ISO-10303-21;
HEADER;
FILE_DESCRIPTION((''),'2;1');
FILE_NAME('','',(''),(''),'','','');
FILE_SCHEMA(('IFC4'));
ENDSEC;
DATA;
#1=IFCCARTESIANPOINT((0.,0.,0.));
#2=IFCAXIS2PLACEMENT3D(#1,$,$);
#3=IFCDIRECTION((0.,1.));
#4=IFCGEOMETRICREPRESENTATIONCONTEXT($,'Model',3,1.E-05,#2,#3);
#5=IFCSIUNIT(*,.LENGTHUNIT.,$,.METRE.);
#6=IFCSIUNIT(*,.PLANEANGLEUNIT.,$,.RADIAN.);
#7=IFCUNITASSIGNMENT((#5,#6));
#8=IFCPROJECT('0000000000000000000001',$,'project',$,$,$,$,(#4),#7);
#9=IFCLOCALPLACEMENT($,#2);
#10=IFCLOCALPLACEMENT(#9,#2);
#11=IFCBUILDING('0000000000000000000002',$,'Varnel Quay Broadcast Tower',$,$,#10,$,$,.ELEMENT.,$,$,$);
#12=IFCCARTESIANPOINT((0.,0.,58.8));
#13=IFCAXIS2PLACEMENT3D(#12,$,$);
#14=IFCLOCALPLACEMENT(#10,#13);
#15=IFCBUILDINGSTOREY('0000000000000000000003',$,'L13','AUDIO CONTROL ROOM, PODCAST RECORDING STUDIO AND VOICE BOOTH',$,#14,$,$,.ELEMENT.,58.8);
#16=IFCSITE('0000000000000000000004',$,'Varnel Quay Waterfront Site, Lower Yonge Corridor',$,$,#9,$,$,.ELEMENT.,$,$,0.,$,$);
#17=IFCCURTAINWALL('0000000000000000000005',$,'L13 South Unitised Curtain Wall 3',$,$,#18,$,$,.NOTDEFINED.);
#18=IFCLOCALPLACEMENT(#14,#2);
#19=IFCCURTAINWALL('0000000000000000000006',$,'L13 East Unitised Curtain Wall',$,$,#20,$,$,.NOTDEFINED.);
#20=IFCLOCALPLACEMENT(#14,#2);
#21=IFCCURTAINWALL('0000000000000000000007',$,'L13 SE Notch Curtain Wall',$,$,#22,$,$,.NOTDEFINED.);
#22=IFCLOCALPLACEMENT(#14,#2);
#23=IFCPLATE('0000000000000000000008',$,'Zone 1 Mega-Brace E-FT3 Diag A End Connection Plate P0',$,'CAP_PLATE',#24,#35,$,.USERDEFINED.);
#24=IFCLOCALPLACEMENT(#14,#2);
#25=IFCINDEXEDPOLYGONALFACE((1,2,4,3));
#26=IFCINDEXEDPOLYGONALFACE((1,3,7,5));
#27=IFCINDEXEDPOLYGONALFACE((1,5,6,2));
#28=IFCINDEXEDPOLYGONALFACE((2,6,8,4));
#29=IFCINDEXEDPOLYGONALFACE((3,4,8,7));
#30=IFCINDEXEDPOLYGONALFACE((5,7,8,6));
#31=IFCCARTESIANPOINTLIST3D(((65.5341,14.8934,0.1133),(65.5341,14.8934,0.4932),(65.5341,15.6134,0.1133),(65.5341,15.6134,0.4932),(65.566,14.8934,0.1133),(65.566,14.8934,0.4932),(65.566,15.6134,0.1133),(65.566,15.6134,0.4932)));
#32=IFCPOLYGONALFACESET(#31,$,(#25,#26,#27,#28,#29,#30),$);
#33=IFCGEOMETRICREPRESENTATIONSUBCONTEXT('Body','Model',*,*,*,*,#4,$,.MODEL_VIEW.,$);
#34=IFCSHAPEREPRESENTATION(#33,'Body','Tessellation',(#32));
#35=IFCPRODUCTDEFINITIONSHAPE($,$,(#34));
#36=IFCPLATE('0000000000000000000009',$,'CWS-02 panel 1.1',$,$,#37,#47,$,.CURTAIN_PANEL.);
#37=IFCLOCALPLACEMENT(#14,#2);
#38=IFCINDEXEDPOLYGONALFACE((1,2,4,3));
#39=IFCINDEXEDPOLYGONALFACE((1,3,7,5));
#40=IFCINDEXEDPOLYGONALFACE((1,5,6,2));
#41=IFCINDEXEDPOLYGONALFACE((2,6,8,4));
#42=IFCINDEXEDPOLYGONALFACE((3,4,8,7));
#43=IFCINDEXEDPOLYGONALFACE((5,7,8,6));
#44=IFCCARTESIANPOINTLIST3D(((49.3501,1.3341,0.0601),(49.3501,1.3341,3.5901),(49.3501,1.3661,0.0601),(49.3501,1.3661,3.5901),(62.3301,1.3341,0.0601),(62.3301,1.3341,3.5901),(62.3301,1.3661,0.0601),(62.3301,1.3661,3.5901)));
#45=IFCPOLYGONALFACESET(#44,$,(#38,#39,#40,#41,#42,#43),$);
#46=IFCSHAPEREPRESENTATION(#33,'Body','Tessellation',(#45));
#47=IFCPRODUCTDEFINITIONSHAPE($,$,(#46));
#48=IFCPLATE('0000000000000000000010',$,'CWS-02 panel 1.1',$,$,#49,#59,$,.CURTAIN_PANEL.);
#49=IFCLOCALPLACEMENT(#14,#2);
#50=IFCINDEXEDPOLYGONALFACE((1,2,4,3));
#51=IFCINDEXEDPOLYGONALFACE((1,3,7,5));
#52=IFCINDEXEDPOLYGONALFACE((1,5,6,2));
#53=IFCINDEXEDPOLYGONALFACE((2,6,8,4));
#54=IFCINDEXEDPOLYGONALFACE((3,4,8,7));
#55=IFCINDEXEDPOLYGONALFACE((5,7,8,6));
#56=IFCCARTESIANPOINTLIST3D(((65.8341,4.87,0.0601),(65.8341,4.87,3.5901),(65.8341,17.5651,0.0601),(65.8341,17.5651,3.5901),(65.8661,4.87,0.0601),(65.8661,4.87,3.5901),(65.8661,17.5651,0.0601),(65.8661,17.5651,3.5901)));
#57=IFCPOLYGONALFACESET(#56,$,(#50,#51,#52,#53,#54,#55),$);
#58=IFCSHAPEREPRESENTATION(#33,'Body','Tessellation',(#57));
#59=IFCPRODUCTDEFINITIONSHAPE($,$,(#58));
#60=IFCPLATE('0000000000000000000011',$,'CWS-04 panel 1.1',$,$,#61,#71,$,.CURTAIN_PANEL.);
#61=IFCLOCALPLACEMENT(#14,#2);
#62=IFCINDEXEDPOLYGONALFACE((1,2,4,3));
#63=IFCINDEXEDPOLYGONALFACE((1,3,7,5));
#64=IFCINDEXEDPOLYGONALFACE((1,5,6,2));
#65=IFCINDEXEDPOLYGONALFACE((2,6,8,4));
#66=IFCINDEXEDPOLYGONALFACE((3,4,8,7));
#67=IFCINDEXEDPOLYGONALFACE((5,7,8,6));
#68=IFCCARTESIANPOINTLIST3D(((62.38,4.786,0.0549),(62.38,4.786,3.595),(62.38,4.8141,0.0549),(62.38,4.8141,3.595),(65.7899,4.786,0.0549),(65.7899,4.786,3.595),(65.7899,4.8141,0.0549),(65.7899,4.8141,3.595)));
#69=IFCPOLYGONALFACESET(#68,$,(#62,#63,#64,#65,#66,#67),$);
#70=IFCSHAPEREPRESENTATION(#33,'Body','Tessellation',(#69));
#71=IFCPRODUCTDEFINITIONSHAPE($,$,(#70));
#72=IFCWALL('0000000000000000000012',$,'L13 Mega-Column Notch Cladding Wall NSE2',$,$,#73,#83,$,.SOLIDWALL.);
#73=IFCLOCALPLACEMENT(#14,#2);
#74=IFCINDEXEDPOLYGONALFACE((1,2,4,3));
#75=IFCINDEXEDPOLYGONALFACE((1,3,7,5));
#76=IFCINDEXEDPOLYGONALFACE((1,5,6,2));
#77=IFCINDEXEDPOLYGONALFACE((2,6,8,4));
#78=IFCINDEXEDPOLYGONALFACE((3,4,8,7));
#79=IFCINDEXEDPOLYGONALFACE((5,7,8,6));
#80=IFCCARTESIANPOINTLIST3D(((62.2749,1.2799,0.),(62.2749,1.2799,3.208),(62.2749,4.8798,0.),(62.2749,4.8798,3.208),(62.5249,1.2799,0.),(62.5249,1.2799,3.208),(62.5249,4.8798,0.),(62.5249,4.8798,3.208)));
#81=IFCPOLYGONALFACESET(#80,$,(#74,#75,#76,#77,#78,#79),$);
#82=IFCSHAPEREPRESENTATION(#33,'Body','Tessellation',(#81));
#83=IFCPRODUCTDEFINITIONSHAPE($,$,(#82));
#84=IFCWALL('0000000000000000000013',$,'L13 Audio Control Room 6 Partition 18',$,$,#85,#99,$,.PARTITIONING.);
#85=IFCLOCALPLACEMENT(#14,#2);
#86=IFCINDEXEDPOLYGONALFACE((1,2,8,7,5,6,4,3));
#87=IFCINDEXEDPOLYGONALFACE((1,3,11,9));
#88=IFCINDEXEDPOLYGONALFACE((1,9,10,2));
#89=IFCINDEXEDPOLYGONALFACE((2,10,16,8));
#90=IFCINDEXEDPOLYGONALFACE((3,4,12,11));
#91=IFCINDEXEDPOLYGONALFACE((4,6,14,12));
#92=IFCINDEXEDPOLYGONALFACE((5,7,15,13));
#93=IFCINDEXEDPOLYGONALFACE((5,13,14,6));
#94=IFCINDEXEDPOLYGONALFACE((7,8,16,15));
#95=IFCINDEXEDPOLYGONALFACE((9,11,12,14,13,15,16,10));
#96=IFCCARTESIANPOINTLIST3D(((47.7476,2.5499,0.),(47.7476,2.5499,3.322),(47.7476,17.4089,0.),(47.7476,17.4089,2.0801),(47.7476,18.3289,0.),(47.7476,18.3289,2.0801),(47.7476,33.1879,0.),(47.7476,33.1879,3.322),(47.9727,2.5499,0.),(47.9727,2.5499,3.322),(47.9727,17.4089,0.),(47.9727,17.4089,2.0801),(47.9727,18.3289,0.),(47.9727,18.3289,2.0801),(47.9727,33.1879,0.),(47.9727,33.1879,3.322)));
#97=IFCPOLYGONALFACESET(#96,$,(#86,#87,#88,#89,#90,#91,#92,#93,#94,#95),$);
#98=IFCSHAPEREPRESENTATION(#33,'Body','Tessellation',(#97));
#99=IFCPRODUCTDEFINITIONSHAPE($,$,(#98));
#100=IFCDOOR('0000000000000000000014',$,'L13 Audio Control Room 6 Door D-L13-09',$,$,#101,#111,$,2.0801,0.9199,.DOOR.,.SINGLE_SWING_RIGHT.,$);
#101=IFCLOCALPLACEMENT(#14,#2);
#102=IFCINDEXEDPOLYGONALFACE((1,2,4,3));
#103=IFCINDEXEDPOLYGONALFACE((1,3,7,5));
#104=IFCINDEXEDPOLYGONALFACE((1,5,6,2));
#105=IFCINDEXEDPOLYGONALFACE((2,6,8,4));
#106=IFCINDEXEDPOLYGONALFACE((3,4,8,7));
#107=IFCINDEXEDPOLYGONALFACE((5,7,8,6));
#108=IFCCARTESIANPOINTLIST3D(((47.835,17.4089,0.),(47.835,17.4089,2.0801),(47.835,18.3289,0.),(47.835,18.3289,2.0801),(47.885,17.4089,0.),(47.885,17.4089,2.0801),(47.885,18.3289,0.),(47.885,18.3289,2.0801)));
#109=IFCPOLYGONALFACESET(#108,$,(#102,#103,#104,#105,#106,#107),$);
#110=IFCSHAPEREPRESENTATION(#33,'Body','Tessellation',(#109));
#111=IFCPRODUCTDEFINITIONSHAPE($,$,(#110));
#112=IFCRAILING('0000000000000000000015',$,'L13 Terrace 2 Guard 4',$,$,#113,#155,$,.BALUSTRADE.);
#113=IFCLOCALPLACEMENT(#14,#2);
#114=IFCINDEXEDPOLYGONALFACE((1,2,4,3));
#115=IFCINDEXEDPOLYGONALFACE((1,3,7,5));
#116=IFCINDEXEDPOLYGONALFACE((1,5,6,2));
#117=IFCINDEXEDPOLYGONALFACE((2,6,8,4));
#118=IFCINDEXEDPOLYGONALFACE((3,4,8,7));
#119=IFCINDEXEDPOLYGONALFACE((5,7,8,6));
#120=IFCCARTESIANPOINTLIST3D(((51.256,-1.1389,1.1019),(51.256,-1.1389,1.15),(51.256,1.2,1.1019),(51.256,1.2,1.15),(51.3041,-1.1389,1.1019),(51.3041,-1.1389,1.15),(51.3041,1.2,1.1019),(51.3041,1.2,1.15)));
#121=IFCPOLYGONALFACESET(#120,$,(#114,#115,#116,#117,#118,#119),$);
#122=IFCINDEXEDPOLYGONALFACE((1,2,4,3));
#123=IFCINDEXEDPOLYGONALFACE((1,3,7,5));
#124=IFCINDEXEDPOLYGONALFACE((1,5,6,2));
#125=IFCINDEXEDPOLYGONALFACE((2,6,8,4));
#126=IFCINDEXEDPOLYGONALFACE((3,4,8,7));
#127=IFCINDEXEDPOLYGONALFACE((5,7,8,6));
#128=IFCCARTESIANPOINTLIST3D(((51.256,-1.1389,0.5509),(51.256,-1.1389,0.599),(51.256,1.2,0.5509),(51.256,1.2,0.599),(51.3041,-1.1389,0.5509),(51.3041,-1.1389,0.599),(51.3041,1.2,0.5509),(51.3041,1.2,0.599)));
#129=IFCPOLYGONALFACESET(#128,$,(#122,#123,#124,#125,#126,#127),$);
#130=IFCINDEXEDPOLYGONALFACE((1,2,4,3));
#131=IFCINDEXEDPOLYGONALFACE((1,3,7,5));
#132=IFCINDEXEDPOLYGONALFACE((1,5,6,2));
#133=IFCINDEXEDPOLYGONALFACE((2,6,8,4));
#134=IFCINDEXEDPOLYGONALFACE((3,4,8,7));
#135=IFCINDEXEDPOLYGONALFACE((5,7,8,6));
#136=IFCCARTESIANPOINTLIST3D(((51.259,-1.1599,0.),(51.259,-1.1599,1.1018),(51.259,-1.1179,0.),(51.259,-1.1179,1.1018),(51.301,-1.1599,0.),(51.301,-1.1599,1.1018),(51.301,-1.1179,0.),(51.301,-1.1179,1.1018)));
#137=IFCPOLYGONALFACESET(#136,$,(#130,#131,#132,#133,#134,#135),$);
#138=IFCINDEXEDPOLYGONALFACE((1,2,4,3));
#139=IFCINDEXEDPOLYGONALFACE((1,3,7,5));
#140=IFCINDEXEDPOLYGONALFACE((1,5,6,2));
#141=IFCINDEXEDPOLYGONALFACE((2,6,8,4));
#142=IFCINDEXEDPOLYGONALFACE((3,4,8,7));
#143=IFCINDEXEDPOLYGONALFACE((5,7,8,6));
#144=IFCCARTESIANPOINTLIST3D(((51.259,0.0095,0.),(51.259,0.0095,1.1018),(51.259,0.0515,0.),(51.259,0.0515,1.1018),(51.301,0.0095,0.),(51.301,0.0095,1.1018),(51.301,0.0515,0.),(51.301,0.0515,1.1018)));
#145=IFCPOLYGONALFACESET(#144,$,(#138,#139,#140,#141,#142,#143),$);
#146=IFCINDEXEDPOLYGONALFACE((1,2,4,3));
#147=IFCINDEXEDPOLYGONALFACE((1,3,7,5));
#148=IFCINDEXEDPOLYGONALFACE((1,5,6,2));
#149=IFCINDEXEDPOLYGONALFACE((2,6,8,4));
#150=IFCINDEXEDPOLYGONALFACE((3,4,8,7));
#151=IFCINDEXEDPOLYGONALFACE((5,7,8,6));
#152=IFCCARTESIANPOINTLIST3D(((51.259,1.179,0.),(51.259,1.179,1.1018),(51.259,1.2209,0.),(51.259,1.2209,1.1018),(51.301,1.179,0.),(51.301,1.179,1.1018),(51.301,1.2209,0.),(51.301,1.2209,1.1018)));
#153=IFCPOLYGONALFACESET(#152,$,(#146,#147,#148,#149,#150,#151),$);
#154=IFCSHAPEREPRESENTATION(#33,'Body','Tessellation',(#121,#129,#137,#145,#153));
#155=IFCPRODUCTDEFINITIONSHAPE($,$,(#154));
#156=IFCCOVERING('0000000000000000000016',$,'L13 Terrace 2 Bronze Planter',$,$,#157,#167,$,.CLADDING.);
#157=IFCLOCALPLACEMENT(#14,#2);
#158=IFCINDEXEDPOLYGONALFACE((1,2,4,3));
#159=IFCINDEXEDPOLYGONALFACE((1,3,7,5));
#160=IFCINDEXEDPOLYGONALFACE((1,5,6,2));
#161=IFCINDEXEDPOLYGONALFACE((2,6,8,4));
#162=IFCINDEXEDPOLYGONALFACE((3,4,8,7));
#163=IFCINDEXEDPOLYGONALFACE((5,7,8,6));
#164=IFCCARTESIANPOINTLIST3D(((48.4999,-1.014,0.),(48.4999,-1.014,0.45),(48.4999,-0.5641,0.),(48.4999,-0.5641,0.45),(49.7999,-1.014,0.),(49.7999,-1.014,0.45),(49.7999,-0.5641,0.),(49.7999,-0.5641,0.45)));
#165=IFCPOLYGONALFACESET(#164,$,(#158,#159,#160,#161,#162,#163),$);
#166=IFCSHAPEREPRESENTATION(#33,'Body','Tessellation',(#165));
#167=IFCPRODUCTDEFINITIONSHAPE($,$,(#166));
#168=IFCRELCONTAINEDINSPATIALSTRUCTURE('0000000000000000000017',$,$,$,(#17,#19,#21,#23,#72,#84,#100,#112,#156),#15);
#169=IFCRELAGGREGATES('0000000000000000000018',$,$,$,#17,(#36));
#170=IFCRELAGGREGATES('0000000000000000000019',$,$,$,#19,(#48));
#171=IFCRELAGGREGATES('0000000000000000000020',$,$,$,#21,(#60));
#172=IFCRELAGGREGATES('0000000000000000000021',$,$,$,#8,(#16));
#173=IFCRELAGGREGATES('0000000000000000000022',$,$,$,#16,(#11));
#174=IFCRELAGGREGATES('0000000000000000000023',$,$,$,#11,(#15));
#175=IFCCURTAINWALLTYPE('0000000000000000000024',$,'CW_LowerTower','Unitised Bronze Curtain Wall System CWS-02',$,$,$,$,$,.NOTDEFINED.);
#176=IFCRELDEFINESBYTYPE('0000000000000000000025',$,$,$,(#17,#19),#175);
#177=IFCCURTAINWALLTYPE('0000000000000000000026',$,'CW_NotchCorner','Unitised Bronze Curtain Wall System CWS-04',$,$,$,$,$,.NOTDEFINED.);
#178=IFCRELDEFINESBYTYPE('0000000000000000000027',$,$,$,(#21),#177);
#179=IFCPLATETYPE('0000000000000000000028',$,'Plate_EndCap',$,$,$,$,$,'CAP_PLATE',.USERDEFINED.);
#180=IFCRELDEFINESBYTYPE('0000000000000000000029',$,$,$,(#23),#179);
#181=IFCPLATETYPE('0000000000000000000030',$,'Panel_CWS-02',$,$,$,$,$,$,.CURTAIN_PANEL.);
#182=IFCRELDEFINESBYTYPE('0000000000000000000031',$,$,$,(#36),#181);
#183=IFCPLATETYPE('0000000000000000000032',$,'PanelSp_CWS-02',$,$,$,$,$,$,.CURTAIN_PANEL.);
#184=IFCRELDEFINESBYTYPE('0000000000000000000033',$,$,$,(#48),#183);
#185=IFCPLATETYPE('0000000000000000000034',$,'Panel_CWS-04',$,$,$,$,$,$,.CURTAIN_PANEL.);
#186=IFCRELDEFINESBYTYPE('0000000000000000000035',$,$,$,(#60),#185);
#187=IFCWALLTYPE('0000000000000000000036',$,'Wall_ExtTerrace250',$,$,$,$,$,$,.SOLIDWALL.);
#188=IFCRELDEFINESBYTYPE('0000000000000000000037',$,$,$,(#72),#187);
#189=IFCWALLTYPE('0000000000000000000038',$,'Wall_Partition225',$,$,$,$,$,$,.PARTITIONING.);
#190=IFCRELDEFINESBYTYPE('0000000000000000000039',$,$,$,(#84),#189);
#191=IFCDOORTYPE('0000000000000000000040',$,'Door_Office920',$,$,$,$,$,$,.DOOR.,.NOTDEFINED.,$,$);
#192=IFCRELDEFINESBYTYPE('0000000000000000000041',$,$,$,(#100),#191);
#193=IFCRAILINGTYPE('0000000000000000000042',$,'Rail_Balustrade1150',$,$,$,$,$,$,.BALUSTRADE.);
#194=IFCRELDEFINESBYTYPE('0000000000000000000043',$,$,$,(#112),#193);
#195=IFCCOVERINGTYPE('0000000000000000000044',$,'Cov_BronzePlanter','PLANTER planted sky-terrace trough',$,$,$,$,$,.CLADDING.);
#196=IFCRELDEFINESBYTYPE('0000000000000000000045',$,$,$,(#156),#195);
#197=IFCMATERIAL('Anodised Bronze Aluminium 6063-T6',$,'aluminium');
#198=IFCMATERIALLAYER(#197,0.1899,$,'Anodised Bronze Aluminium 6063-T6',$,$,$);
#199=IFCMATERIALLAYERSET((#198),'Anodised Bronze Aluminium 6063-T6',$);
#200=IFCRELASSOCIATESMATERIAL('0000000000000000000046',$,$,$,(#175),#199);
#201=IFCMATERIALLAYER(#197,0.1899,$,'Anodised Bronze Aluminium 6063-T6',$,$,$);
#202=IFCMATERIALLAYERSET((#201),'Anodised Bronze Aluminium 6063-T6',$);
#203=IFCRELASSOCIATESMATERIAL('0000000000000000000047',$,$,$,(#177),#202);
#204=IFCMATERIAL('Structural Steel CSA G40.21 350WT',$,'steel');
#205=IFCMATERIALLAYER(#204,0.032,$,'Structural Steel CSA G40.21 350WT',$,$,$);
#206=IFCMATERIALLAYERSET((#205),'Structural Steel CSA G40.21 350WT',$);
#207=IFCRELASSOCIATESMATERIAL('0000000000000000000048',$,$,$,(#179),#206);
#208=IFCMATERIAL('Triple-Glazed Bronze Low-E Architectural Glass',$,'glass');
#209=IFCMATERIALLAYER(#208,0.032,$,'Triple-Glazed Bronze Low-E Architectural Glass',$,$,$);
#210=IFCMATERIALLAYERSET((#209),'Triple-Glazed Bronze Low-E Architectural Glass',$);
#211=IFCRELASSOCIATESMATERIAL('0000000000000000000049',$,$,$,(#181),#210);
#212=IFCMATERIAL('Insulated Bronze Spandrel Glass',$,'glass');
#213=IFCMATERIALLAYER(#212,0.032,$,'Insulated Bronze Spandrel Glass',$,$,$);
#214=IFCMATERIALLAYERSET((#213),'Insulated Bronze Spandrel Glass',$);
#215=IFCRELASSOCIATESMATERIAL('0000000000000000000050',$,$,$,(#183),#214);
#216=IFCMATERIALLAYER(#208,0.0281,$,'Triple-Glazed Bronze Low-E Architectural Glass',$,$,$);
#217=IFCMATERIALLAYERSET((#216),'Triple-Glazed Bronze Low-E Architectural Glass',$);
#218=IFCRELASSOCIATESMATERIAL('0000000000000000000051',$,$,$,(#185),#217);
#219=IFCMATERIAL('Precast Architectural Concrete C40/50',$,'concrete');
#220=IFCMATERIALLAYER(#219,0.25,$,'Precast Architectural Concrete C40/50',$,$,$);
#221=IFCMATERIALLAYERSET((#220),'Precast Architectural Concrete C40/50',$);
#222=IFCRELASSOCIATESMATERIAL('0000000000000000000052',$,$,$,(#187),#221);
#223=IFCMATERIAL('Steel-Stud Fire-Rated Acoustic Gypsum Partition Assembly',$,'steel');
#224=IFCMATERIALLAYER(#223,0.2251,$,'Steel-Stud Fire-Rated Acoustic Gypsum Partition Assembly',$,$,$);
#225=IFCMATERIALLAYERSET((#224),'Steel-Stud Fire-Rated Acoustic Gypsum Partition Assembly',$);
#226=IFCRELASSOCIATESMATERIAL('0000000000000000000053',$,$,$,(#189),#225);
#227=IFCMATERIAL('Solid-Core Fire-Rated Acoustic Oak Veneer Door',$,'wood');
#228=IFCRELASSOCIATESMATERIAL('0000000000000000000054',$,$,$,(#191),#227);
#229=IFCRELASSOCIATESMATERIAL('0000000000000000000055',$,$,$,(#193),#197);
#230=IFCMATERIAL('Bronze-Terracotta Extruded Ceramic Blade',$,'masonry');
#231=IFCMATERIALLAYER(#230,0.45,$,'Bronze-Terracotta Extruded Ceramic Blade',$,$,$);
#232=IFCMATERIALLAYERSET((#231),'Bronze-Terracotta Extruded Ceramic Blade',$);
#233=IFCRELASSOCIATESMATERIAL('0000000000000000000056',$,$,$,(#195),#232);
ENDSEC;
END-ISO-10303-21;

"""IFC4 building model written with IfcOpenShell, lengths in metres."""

from ifc_helpers import new_model, si_unit, direction, frame, frame_2d, origin, origin_2d, place, context, subcontext, project, spatial, rectangle, extrude, source, transform, mapped, material, layer, layer_set, type_object, type_shapes, element, fill, aggregate, save


model = new_model("IFC4")

# Units and contexts
model_context = context("Model", 3, precision=1e-05, world=origin(), true_north=direction((0.0, 1.0)))
body_context = subcontext(model_context, "Body", "Model", "MODEL_VIEW")
ifc_project = project(units=[si_unit("LENGTHUNIT", "METRE"), si_unit("PLANEANGLEUNIT", "RADIAN")], contexts=[model_context])

# Site, building, storey
site_placement = place(None, origin())
site = spatial("IfcSite", under=ifc_project, at=site_placement, Name="Varnel Quay Waterfront Site, Lower Yonge Corridor", CompositionType="ELEMENT", RefElevation=0.0)
building_placement = place(site_placement, origin())
building = spatial("IfcBuilding", under=site, at=building_placement, Name="Varnel Quay Broadcast Tower", CompositionType="ELEMENT")
storey_placement = place(building_placement, frame((0.0, 0.0, 58.8)))
storey = spatial("IfcBuildingStorey", under=building, at=storey_placement, Name="L13", Description="AUDIO CONTROL ROOM, PODCAST RECORDING STUDIO AND VOICE BOOTH", CompositionType="ELEMENT", Elevation=58.8)

# Shared definitions
ifc_material_1 = material(Name="Structural Steel CSA G40.21 350WT", Category="steel")

# Curtain walls
ifc_material_2 = material(Name="Anodised Bronze Aluminium 6063-T6", Category="aluminium")
ifc_layer_1 = layer(ifc_material_2, 0.1899, Name="Anodised Bronze Aluminium 6063-T6")
ifc_layer_set_1 = layer_set([ifc_layer_1], Name="Anodised Bronze Aluminium 6063-T6")
curtain_wall_type_1 = type_object("IfcCurtainWallType", Name="CW_LowerTower", Description="Unitised Bronze Curtain Wall System CWS-02", PredefinedType="NOTDEFINED", material=ifc_layer_set_1)
curtain_wall_1_placement = place(storey_placement, origin())
curtain_wall_1 = element("IfcCurtainWall", 1, at=curtain_wall_1_placement, inside=storey, type_object=curtain_wall_type_1, Name="L13 South Unitised Curtain Wall 3", PredefinedType="NOTDEFINED")
curtain_wall_2_placement = place(storey_placement, origin())
curtain_wall_2 = element("IfcCurtainWall", 2, at=curtain_wall_2_placement, inside=storey, type_object=curtain_wall_type_1, Name="L13 East Unitised Curtain Wall", PredefinedType="NOTDEFINED")

# Curtain wall
ifc_layer_2 = layer(ifc_material_2, 0.1899, Name="Anodised Bronze Aluminium 6063-T6")
ifc_layer_set_2 = layer_set([ifc_layer_2], Name="Anodised Bronze Aluminium 6063-T6")
curtain_wall_type_2 = type_object("IfcCurtainWallType", Name="CW_NotchCorner", Description="Unitised Bronze Curtain Wall System CWS-04", PredefinedType="NOTDEFINED", material=ifc_layer_set_2)
curtain_wall_3_placement = place(storey_placement, origin())
curtain_wall_3 = element("IfcCurtainWall", 3, at=curtain_wall_3_placement, inside=storey, type_object=curtain_wall_type_2, Name="L13 SE Notch Curtain Wall", PredefinedType="NOTDEFINED")

# Plates
ifc_layer_3 = layer(ifc_material_1, 0.032, Name="Structural Steel CSA G40.21 350WT")
ifc_layer_set_3 = layer_set([ifc_layer_3], Name="Structural Steel CSA G40.21 350WT")
plate_type_1 = type_object("IfcPlateType", Name="Plate_EndCap", ElementType="CAP_PLATE", PredefinedType="USERDEFINED", material=ifc_layer_set_3)
shared_shape_1 = source(origin(), body_context, "Body", "SweptSolid", [
    extrude(rectangle(XDim=0.72, YDim=0.032, at=origin_2d()), origin(), (0.0, 0.0, 1.0), 0.3799),
])
type_shapes(plate_type_1, [shared_shape_1])
plate_1_placement = place(storey_placement, frame((65.55, 15.2534, 0.1133), z_axis=(0.0, 0.0, 1.0), x_axis=(0.0, 1.0, 0.0)))
element("IfcPlate", 4, at=plate_1_placement, inside=storey, type_object=plate_type_1, Name="Zone 1 Mega-Brace E-FT3 Diag A End Connection Plate P0", ObjectType="CAP_PLATE", PredefinedType="USERDEFINED", context=body_context, shape_type="MappedRepresentation", body=[
    mapped(shared_shape_1, transform((0.0, 0.0, 0.0), x_axis=(1.0, 0.0, 0.0), y_axis=(0.0, 1.0, 0.0), z_axis=(0.0, 0.0, 1.0), scale=1.0)),
])
ifc_material_3 = material(Name="Triple-Glazed Bronze Low-E Architectural Glass", Category="glass")
ifc_layer_4 = layer(ifc_material_3, 0.032, Name="Triple-Glazed Bronze Low-E Architectural Glass")
ifc_layer_set_4 = layer_set([ifc_layer_4], Name="Triple-Glazed Bronze Low-E Architectural Glass")
plate_type_2 = type_object("IfcPlateType", Name="Panel_CWS-02", PredefinedType="CURTAIN_PANEL", material=ifc_layer_set_4)
shared_shape_2 = source(origin(), body_context, "Body", "SweptSolid", [
    extrude(rectangle(XDim=12.98, YDim=0.032, at=origin_2d()), origin(), (0.0, 0.0, 1.0), 3.53),
])
type_shapes(plate_type_2, [shared_shape_2])
plate_2_placement = place(storey_placement, frame((55.8401, 1.3501, 0.0601), z_axis=(0.0, 0.0, 1.0), x_axis=(1.0, 0.0, 0.0)))
plate_2 = element("IfcPlate", 5, at=plate_2_placement, type_object=plate_type_2, Name="CWS-02 panel 1.1", PredefinedType="CURTAIN_PANEL", context=body_context, shape_type="MappedRepresentation", body=[
    mapped(shared_shape_2, transform((0.0, 0.0, 0.0), x_axis=(1.0, 0.0, 0.0), y_axis=(0.0, 1.0, 0.0), z_axis=(0.0, 0.0, 1.0), scale=1.0)),
])
aggregate(curtain_wall_1, [plate_2])
ifc_material_4 = material(Name="Insulated Bronze Spandrel Glass", Category="glass")
ifc_layer_5 = layer(ifc_material_4, 0.032, Name="Insulated Bronze Spandrel Glass")
ifc_layer_set_5 = layer_set([ifc_layer_5], Name="Insulated Bronze Spandrel Glass")
plate_type_3 = type_object("IfcPlateType", Name="PanelSp_CWS-02", PredefinedType="CURTAIN_PANEL", material=ifc_layer_set_5)
shared_shape_3 = source(origin(), body_context, "Body", "SweptSolid", [
    extrude(rectangle(XDim=12.6951, YDim=0.032, at=origin_2d()), origin(), (0.0, 0.0, 1.0), 3.53),
])
type_shapes(plate_type_3, [shared_shape_3])
plate_3_placement = place(storey_placement, frame((65.8501, 11.2175, 0.0601), z_axis=(0.0, 0.0, 1.0), x_axis=(0.0, 1.0, 0.0)))
plate_3 = element("IfcPlate", 6, at=plate_3_placement, type_object=plate_type_3, Name="CWS-02 panel 1.1", PredefinedType="CURTAIN_PANEL", context=body_context, shape_type="MappedRepresentation", body=[
    mapped(shared_shape_3, transform((0.0, 0.0, 0.0), x_axis=(1.0, 0.0, 0.0), y_axis=(0.0, 1.0, 0.0), z_axis=(0.0, 0.0, 1.0), scale=1.0)),
])
aggregate(curtain_wall_2, [plate_3])
ifc_layer_6 = layer(ifc_material_3, 0.0281, Name="Triple-Glazed Bronze Low-E Architectural Glass")
ifc_layer_set_6 = layer_set([ifc_layer_6], Name="Triple-Glazed Bronze Low-E Architectural Glass")
plate_type_4 = type_object("IfcPlateType", Name="Panel_CWS-04", PredefinedType="CURTAIN_PANEL", material=ifc_layer_set_6)
shared_shape_4 = source(origin(), body_context, "Body", "SweptSolid", [
    extrude(rectangle(XDim=3.4099, YDim=0.0281, at=origin_2d()), origin(), (0.0, 0.0, 1.0), 3.54),
])
type_shapes(plate_type_4, [shared_shape_4])
plate_4_placement = place(storey_placement, frame((64.085, 4.8, 0.0549), z_axis=(0.0, 0.0, 1.0), x_axis=(1.0, 0.0, 0.0)))
plate_4 = element("IfcPlate", 7, at=plate_4_placement, type_object=plate_type_4, Name="CWS-04 panel 1.1", PredefinedType="CURTAIN_PANEL", context=body_context, shape_type="MappedRepresentation", body=[
    mapped(shared_shape_4, transform((0.0, 0.0, 0.0), x_axis=(1.0, 0.0, 0.0), y_axis=(0.0, 1.0, 0.0), z_axis=(0.0, 0.0, 1.0), scale=1.0)),
])
aggregate(curtain_wall_3, [plate_4])

# Wall
ifc_material_5 = material(Name="Precast Architectural Concrete C40/50", Category="concrete")
ifc_layer_7 = layer(ifc_material_5, 0.25, Name="Precast Architectural Concrete C40/50")
ifc_layer_set_7 = layer_set([ifc_layer_7], Name="Precast Architectural Concrete C40/50")
wall_type_1 = type_object("IfcWallType", Name="Wall_ExtTerrace250", PredefinedType="SOLIDWALL", material=ifc_layer_set_7)
wall_1_placement = place(storey_placement, frame((62.3999, 1.28, 0.0), z_axis=(0.0, 0.0, 1.0), x_axis=(0.0, 1.0, 0.0)))
element("IfcWall", 8, at=wall_1_placement, inside=storey, type_object=wall_type_1, Name="L13 Mega-Column Notch Cladding Wall NSE2", PredefinedType="SOLIDWALL", context=body_context, shape_type="SweptSolid", body=[
    extrude(rectangle(XDim=3.5999, YDim=0.25, at=frame_2d((1.7998, 0.0))), origin(), (0.0, 0.0, 1.0), 3.208),
])

# Wall, opening, door
ifc_material_6 = material(Name="Steel-Stud Fire-Rated Acoustic Gypsum Partition Assembly", Category="steel")
ifc_layer_8 = layer(ifc_material_6, 0.2251, Name="Steel-Stud Fire-Rated Acoustic Gypsum Partition Assembly")
ifc_layer_set_8 = layer_set([ifc_layer_8], Name="Steel-Stud Fire-Rated Acoustic Gypsum Partition Assembly")
wall_type_2 = type_object("IfcWallType", Name="Wall_Partition225", PredefinedType="PARTITIONING", material=ifc_layer_set_8)
wall_2_placement = place(storey_placement, frame((47.8601, 2.55, 0.0), z_axis=(0.0, 0.0, 1.0), x_axis=(0.0, 1.0, 0.0)))
wall_2 = element("IfcWall", 9, at=wall_2_placement, inside=storey, type_object=wall_type_2, Name="L13 Audio Control Room 6 Partition 18", PredefinedType="PARTITIONING", context=body_context, shape_type="SweptSolid", body=[
    extrude(rectangle(XDim=30.6379, YDim=0.2251, at=frame_2d((15.3188, 0.0))), origin(), (0.0, 0.0, 1.0), 3.322),
])
opening_placement = place(wall_2_placement, frame((14.8589, 0.0, 0.0)))
opening = element("IfcOpeningElement", 10, at=opening_placement, cuts=wall_2, PredefinedType="OPENING", context=body_context, shape_type="SweptSolid", body=[
    extrude(rectangle(XDim=0.9199, YDim=2.0801, at=frame_2d((0.46, 1.04))), frame((0.0, 0.1226, 0.0), z_axis=(0.0, -1.0, 0.0), x_axis=(1.0, 0.0, 0.0)), (0.0, 0.0, 1.0), 0.2451),
])
ifc_material_7 = material(Name="Solid-Core Fire-Rated Acoustic Oak Veneer Door", Category="wood")
door_type = type_object("IfcDoorType", Name="Door_Office920", OperationType="NOTDEFINED", PredefinedType="DOOR", material=ifc_material_7)
shared_shape_5 = source(origin(), body_context, "Body", "SweptSolid", [
    extrude(rectangle(XDim=0.9199, YDim=2.0801, at=frame_2d((0.46, 1.04))), frame((0.0, 0.0249, 0.0), z_axis=(0.0, -1.0, 0.0), x_axis=(1.0, 0.0, 0.0)), (0.0, 0.0, 1.0), 0.05),
])
type_shapes(door_type, [shared_shape_5])
door_placement = place(opening_placement, frame((0.9199, 0.0, 0.0), z_axis=(0.0, 0.0, 1.0), x_axis=(-1.0, 0.0, 0.0)))
door = element("IfcDoor", 11, at=door_placement, inside=storey, type_object=door_type, Name="L13 Audio Control Room 6 Door D-L13-09", OperationType="SINGLE_SWING_RIGHT", OverallHeight=2.0801, OverallWidth=0.9199, PredefinedType="DOOR", context=body_context, shape_type="MappedRepresentation", body=[
    mapped(shared_shape_5, transform((0.0, 0.0, 0.0), x_axis=(1.0, 0.0, 0.0), y_axis=(0.0, 1.0, 0.0), z_axis=(0.0, 0.0, 1.0), scale=1.0)),
])
fill(opening, door)

# Railing
railing_type = type_object("IfcRailingType", Name="Rail_Balustrade1150", PredefinedType="BALUSTRADE", material=ifc_material_2)
railing_placement = place(storey_placement, frame((51.28, -1.1389, 0.0)))
element("IfcRailing", 12, at=railing_placement, inside=storey, type_object=railing_type, Name="L13 Terrace 2 Guard 4", PredefinedType="BALUSTRADE", context=body_context, shape_type="SweptSolid", body=[
    extrude(rectangle(XDim=0.0481, YDim=0.0481, at=origin_2d()), frame((0.0, 0.0, 1.126), z_axis=(0.0, 1.0, 0.0), x_axis=(-1.0, 0.0, 0.0)), (0.0, 0.0, 1.0), 2.3389),
    extrude(rectangle(XDim=0.0481, YDim=0.0481, at=origin_2d()), frame((0.0, 0.0, 0.575), z_axis=(0.0, 1.0, 0.0), x_axis=(-1.0, 0.0, 0.0)), (0.0, 0.0, 1.0), 2.3389),
    extrude(rectangle(XDim=0.042, YDim=0.042, at=origin_2d()), origin(), (0.0, 0.0, 1.0), 1.1018),
    extrude(rectangle(XDim=0.042, YDim=0.042, at=origin_2d()), frame((0.0, 1.1694, 0.0)), (0.0, 0.0, 1.0), 1.1018),
    extrude(rectangle(XDim=0.042, YDim=0.042, at=origin_2d()), frame((0.0, 2.3389, 0.0)), (0.0, 0.0, 1.0), 1.1018),
])

# Covering
ifc_material_8 = material(Name="Bronze-Terracotta Extruded Ceramic Blade", Category="masonry")
ifc_layer_9 = layer(ifc_material_8, 0.45, Name="Bronze-Terracotta Extruded Ceramic Blade")
ifc_layer_set_9 = layer_set([ifc_layer_9], Name="Bronze-Terracotta Extruded Ceramic Blade")
covering_type = type_object("IfcCoveringType", Name="Cov_BronzePlanter", Description="PLANTER planted sky-terrace trough", PredefinedType="CLADDING", material=ifc_layer_set_9)
shared_shape_6 = source(origin(), body_context, "Body", "SweptSolid", [
    extrude(rectangle(XDim=1.3, YDim=0.45, at=origin_2d()), origin(), (0.0, 0.0, 1.0), 0.45),
])
type_shapes(covering_type, [shared_shape_6])
covering_placement = place(storey_placement, frame((49.1499, -0.7891, 0.0), z_axis=(0.0, 0.0, 1.0), x_axis=(1.0, 0.0, 0.0)))
element("IfcCovering", 13, at=covering_placement, inside=storey, type_object=covering_type, Name="L13 Terrace 2 Bronze Planter", PredefinedType="CLADDING", context=body_context, shape_type="MappedRepresentation", body=[
    mapped(shared_shape_6, transform((0.0, 0.0, 0.0), x_axis=(1.0, 0.0, 0.0), y_axis=(0.0, 1.0, 0.0), z_axis=(0.0, 0.0, 1.0), scale=1.0)),
])

save(model, "model.ifc")
